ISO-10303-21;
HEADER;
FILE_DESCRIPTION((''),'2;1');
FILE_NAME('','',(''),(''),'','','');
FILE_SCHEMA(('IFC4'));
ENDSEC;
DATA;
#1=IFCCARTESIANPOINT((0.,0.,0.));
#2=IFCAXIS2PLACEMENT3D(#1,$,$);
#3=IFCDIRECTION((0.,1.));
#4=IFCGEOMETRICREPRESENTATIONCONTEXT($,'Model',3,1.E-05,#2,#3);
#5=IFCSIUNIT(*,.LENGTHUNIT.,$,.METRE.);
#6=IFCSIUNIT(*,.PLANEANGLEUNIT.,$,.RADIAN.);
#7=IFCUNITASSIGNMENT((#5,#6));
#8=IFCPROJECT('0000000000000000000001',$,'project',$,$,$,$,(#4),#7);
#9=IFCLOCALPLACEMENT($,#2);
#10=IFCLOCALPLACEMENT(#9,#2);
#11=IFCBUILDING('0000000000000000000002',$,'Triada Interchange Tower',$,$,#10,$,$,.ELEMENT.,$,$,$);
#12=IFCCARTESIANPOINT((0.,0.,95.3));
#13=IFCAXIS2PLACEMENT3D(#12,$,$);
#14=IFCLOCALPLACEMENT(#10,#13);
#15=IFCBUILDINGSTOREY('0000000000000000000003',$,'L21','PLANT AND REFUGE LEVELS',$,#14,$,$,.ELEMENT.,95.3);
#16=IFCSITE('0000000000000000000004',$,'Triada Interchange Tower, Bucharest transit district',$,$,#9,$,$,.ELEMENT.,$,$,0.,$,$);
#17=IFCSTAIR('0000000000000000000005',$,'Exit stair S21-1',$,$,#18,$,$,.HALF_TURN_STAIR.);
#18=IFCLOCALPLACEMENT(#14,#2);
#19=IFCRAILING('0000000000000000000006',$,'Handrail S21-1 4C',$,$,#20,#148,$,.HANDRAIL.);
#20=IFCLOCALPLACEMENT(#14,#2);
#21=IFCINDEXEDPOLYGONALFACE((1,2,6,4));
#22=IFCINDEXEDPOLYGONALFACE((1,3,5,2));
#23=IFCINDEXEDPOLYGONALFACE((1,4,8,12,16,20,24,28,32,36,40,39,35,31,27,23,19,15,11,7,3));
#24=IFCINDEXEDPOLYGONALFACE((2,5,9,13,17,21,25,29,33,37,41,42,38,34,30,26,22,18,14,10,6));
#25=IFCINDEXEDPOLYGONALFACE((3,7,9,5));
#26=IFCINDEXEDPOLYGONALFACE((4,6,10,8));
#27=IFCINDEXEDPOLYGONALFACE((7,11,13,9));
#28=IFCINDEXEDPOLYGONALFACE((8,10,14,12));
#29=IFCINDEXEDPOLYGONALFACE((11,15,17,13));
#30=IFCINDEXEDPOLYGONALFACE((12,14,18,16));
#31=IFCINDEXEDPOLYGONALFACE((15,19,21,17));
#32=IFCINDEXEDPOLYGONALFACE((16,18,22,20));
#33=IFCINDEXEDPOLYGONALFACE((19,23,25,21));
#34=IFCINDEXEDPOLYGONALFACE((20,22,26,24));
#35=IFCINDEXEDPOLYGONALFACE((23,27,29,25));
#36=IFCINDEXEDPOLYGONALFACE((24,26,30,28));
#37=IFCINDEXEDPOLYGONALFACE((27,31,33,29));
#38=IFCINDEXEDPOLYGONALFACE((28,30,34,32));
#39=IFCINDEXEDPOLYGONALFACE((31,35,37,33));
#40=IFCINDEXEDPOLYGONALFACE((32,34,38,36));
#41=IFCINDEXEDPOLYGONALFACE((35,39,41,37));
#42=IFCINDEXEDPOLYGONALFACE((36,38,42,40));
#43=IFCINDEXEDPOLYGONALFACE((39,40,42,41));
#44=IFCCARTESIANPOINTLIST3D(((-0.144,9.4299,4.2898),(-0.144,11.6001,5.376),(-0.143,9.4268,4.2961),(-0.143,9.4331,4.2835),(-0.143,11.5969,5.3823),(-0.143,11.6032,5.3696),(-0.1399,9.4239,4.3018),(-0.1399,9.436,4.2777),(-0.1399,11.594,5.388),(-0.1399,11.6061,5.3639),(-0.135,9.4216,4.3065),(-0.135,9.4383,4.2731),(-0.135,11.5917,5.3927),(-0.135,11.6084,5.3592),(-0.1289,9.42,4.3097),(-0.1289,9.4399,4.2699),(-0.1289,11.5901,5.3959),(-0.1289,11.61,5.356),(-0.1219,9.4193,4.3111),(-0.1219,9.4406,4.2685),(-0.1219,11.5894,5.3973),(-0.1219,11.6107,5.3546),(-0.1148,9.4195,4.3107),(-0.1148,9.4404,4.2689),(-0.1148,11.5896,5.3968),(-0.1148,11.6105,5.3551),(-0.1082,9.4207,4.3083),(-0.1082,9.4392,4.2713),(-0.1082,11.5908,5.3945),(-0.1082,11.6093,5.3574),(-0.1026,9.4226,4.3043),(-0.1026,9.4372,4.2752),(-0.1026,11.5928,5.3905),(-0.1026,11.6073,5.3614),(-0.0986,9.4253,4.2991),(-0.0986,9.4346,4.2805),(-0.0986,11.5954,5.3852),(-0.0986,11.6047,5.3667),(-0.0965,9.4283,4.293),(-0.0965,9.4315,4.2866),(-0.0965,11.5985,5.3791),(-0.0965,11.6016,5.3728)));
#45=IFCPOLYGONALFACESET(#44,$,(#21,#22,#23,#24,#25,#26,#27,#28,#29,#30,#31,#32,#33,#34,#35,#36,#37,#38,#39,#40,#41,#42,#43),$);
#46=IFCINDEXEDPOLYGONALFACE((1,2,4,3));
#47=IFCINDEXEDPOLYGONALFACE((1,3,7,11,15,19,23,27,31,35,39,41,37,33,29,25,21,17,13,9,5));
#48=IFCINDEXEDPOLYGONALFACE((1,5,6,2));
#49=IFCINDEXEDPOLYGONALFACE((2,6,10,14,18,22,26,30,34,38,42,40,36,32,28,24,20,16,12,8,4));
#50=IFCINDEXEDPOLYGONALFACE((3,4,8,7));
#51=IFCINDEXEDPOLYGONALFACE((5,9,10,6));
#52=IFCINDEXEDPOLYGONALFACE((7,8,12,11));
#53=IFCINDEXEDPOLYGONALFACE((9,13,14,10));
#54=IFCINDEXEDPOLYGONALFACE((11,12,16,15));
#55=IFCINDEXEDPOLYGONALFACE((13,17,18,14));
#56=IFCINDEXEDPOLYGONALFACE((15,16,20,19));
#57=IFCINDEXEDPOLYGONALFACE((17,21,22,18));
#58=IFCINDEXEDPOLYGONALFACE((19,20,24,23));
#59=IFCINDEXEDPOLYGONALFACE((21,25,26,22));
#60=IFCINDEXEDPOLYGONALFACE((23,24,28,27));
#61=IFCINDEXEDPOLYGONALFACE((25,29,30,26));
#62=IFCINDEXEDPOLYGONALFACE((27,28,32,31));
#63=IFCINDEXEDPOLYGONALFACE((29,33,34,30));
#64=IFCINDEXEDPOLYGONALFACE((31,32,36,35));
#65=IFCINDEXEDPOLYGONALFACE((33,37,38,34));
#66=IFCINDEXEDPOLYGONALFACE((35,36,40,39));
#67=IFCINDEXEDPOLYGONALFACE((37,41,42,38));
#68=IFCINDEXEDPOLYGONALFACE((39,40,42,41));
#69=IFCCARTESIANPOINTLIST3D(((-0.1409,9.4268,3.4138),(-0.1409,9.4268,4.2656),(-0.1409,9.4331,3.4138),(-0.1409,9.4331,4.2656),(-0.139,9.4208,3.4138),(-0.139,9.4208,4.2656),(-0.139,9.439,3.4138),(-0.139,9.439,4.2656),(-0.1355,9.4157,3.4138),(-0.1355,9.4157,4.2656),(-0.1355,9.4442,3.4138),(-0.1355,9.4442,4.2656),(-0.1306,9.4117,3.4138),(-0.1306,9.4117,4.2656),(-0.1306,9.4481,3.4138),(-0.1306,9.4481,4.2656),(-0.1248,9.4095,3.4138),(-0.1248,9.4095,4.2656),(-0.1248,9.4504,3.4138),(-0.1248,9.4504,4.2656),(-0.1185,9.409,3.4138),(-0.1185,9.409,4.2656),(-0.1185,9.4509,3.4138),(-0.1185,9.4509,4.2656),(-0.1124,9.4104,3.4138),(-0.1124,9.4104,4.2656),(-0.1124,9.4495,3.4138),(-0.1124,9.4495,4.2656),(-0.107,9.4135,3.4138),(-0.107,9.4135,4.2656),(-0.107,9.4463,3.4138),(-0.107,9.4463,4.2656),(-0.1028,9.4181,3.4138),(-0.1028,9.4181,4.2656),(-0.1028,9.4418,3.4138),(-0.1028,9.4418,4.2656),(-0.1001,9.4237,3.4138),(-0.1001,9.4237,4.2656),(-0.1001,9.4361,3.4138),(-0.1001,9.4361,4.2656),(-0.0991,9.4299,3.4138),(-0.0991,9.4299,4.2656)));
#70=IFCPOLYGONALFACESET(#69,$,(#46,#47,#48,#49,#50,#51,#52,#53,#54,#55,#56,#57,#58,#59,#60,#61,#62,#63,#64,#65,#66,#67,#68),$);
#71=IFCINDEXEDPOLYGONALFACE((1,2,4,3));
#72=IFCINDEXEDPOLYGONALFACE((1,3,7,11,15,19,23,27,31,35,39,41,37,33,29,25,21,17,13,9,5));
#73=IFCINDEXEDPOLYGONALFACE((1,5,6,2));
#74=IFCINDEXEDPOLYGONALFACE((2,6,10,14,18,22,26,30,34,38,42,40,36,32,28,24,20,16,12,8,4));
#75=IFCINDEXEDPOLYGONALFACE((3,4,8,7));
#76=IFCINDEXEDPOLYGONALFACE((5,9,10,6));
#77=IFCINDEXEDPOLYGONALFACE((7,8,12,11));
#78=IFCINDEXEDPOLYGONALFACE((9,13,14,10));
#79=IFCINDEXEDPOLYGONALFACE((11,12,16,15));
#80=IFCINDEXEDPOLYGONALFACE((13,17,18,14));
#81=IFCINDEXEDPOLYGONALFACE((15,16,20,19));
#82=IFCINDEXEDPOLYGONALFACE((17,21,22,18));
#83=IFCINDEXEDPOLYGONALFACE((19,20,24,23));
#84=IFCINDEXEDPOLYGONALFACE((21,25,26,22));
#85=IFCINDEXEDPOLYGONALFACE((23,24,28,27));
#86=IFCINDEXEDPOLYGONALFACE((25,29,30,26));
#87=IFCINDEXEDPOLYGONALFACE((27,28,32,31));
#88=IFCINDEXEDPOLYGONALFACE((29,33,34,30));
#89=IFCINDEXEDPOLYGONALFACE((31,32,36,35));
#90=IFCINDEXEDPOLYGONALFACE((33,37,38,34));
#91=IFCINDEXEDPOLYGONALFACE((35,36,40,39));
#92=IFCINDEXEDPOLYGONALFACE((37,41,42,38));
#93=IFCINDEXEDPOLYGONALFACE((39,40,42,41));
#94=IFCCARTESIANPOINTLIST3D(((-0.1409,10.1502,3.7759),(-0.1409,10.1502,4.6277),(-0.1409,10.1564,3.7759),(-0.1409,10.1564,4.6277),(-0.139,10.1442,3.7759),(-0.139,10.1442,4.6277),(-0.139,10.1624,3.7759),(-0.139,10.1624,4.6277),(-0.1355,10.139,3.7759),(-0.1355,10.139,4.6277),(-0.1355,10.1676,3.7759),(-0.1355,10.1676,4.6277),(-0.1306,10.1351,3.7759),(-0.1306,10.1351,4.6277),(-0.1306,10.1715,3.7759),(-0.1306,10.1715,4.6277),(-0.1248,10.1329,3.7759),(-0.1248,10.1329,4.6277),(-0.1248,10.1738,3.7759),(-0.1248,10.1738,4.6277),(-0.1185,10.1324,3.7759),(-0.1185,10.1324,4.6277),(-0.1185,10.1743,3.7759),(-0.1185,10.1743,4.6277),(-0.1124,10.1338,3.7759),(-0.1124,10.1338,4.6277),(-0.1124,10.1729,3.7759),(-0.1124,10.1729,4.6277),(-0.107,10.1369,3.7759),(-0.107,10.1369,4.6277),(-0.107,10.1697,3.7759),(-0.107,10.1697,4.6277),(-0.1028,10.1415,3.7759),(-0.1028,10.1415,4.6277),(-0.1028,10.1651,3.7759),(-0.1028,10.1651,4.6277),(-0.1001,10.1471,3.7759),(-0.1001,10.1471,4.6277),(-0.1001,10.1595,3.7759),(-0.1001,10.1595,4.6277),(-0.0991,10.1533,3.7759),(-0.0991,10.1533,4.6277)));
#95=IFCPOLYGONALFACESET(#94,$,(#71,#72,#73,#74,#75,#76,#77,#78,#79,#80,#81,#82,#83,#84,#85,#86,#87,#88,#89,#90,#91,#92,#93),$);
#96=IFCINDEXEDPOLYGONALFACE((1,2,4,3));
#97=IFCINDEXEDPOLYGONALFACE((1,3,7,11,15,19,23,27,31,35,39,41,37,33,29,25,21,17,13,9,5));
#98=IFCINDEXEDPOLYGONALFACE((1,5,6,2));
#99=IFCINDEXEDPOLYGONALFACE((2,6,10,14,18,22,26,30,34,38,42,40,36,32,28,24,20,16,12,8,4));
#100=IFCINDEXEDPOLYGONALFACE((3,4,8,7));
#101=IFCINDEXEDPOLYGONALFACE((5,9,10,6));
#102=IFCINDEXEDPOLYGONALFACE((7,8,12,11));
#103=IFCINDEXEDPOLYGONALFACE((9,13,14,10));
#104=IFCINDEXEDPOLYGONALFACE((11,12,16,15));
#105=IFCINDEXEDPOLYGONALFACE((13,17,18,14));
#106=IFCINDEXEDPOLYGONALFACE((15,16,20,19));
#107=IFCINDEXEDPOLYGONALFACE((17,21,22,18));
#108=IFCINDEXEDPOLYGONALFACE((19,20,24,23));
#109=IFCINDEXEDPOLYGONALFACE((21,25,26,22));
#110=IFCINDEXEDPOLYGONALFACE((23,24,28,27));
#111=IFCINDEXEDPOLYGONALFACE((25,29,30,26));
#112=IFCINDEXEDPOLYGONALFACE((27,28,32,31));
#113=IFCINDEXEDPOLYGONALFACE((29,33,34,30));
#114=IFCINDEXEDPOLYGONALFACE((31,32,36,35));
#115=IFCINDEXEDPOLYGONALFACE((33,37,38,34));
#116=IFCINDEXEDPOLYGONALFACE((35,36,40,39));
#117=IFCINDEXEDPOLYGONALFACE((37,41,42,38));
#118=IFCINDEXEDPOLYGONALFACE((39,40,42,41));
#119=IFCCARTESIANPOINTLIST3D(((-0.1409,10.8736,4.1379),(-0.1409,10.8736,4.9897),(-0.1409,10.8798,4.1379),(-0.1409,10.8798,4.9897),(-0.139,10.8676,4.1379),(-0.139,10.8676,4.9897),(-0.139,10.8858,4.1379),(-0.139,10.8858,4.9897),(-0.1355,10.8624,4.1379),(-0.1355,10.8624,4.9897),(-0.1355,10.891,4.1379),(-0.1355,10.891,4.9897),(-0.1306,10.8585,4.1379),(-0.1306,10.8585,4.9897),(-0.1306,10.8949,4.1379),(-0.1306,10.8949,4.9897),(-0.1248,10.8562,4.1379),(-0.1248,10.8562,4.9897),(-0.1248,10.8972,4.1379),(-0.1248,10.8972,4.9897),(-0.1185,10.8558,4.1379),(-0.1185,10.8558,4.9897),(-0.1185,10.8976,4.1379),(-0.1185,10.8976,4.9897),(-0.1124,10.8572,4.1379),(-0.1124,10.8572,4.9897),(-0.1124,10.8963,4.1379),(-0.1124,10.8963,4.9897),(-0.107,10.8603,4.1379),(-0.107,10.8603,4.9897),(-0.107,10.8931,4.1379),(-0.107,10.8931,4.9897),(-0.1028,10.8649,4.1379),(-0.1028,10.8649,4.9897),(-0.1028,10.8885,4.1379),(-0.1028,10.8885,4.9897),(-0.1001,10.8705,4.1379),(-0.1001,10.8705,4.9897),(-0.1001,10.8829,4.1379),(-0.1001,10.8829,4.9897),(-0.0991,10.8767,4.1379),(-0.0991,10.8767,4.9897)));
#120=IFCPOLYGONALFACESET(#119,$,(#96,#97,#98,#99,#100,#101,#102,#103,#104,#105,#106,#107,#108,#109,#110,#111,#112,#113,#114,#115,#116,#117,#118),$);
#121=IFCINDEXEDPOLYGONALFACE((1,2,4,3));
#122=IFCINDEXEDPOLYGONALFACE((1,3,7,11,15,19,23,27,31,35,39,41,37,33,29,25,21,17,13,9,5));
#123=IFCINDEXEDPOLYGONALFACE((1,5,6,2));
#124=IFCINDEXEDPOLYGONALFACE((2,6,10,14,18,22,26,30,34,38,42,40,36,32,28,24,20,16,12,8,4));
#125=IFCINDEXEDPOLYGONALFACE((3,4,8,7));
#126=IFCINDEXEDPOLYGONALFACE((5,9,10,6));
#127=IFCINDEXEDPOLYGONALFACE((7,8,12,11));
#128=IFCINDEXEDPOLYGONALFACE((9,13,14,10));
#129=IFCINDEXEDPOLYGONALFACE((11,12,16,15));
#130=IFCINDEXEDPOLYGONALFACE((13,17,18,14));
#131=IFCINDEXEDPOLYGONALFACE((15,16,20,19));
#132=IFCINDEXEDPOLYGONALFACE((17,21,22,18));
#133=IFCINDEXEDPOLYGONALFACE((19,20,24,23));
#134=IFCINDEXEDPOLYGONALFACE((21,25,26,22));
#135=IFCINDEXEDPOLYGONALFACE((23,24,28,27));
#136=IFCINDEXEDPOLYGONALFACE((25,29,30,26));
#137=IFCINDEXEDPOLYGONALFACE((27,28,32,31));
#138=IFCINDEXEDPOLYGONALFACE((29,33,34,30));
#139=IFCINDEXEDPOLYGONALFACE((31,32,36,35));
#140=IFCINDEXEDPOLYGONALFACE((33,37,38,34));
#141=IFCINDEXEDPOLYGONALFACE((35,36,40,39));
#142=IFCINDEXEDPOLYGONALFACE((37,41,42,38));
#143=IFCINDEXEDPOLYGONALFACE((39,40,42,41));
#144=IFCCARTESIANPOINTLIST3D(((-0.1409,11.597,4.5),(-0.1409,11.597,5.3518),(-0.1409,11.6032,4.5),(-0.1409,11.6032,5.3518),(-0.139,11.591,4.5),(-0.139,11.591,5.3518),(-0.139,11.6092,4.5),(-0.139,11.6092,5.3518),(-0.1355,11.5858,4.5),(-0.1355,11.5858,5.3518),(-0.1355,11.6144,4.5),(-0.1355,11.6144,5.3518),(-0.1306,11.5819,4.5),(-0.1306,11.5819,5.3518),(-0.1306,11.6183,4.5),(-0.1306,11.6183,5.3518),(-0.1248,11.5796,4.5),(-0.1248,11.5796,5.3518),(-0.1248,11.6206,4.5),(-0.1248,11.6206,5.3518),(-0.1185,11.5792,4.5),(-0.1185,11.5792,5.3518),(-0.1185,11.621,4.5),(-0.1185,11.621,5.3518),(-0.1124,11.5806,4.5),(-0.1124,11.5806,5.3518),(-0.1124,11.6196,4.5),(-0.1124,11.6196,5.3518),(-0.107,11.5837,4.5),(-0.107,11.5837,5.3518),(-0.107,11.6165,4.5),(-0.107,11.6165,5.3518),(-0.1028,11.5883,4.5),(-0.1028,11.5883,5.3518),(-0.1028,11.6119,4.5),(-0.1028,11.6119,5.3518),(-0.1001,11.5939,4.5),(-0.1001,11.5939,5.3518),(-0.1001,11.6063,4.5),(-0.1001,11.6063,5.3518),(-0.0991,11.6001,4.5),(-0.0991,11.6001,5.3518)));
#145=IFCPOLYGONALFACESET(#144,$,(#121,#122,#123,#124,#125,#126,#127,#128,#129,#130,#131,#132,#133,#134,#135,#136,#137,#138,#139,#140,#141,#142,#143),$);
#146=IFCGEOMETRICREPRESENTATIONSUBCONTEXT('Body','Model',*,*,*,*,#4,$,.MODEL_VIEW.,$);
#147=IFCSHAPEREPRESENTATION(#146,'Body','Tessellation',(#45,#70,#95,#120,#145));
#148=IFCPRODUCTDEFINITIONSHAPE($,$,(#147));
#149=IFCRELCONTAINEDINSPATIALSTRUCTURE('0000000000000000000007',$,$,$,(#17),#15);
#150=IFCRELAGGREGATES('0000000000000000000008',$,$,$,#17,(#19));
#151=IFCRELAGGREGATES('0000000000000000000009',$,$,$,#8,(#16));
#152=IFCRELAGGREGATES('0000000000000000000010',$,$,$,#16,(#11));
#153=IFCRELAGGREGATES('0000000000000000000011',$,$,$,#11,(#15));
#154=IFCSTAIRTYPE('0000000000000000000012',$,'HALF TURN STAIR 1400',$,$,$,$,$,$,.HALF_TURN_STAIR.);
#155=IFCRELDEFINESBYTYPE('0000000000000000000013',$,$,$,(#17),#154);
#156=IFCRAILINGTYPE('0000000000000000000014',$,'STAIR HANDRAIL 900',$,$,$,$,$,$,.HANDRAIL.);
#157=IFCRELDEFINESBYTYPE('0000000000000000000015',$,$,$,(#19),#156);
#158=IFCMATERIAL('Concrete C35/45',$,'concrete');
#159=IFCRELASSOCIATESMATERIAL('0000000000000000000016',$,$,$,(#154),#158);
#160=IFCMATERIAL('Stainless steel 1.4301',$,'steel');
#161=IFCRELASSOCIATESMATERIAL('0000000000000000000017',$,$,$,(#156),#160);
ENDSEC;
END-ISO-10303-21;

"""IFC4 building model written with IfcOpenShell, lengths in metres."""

from ifc_helpers import new_model, si_unit, direction, frame, origin, origin_2d, place, context, subcontext, project, spatial, circle, extrude, material, type_object, element, aggregate, save


model = new_model("IFC4")

# Units and contexts
model_context = context("Model", 3, precision=1e-05, world=origin(), true_north=direction((0.0, 1.0)))
body_context = subcontext(model_context, "Body", "Model", "MODEL_VIEW")
ifc_project = project(units=[si_unit("LENGTHUNIT", "METRE"), si_unit("PLANEANGLEUNIT", "RADIAN")], contexts=[model_context])

# Site, building, storey
site_placement = place(None, origin())
site = spatial("IfcSite", under=ifc_project, at=site_placement, Name="Triada Interchange Tower, Bucharest transit district", CompositionType="ELEMENT", RefElevation=0.0)
building_placement = place(site_placement, origin())
building = spatial("IfcBuilding", under=site, at=building_placement, Name="Triada Interchange Tower", CompositionType="ELEMENT")
storey_placement = place(building_placement, frame((0.0, 0.0, 95.3)))
storey = spatial("IfcBuildingStorey", under=building, at=storey_placement, Name="L21", Description="PLANT AND REFUGE LEVELS", CompositionType="ELEMENT", Elevation=95.3)

# Stair
ifc_material_1 = material(Name="Concrete C35/45", Category="concrete")
stair_type = type_object("IfcStairType", Name="HALF TURN STAIR 1400", PredefinedType="HALF_TURN_STAIR", material=ifc_material_1)
stair_placement = place(storey_placement, origin())
stair = element("IfcStair", 1, at=stair_placement, inside=storey, type_object=stair_type, Name="Exit stair S21-1", PredefinedType="HALF_TURN_STAIR")

# Railing
ifc_material_2 = material(Name="Stainless steel 1.4301", Category="steel")
railing_type = type_object("IfcRailingType", Name="STAIR HANDRAIL 900", PredefinedType="HANDRAIL", material=ifc_material_2)
railing_1_placement = place(storey_placement, frame((-0.1201, 9.4299, 3.4138)))
railing_1 = element("IfcRailing", 2, at=railing_1_placement, type_object=railing_type, Name="Handrail S21-1 4C", PredefinedType="HANDRAIL", context=body_context, shape_type="SweptSolid", body=[
    extrude(circle(Radius=0.0239, at=origin_2d()), frame((0.0, 0.0, 0.876), z_axis=(0.0, 0.894246, 0.447576), x_axis=(-1.0, 0.0, 0.0)), (0.0, 0.0, 1.0), 2.4268),
    extrude(circle(Radius=0.021, at=origin_2d()), origin(), (0.0, 0.0, 1.0), 0.8518),
    extrude(circle(Radius=0.021, at=origin_2d()), frame((0.0, 0.7234, 0.3621)), (0.0, 0.0, 1.0), 0.8518),
    extrude(circle(Radius=0.021, at=origin_2d()), frame((0.0, 1.4468, 0.7241)), (0.0, 0.0, 1.0), 0.8518),
    extrude(circle(Radius=0.021, at=origin_2d()), frame((0.0, 2.1702, 1.0862)), (0.0, 0.0, 1.0), 0.8518),
])
aggregate(stair, [railing_1])

save(model, "model.ifc")
